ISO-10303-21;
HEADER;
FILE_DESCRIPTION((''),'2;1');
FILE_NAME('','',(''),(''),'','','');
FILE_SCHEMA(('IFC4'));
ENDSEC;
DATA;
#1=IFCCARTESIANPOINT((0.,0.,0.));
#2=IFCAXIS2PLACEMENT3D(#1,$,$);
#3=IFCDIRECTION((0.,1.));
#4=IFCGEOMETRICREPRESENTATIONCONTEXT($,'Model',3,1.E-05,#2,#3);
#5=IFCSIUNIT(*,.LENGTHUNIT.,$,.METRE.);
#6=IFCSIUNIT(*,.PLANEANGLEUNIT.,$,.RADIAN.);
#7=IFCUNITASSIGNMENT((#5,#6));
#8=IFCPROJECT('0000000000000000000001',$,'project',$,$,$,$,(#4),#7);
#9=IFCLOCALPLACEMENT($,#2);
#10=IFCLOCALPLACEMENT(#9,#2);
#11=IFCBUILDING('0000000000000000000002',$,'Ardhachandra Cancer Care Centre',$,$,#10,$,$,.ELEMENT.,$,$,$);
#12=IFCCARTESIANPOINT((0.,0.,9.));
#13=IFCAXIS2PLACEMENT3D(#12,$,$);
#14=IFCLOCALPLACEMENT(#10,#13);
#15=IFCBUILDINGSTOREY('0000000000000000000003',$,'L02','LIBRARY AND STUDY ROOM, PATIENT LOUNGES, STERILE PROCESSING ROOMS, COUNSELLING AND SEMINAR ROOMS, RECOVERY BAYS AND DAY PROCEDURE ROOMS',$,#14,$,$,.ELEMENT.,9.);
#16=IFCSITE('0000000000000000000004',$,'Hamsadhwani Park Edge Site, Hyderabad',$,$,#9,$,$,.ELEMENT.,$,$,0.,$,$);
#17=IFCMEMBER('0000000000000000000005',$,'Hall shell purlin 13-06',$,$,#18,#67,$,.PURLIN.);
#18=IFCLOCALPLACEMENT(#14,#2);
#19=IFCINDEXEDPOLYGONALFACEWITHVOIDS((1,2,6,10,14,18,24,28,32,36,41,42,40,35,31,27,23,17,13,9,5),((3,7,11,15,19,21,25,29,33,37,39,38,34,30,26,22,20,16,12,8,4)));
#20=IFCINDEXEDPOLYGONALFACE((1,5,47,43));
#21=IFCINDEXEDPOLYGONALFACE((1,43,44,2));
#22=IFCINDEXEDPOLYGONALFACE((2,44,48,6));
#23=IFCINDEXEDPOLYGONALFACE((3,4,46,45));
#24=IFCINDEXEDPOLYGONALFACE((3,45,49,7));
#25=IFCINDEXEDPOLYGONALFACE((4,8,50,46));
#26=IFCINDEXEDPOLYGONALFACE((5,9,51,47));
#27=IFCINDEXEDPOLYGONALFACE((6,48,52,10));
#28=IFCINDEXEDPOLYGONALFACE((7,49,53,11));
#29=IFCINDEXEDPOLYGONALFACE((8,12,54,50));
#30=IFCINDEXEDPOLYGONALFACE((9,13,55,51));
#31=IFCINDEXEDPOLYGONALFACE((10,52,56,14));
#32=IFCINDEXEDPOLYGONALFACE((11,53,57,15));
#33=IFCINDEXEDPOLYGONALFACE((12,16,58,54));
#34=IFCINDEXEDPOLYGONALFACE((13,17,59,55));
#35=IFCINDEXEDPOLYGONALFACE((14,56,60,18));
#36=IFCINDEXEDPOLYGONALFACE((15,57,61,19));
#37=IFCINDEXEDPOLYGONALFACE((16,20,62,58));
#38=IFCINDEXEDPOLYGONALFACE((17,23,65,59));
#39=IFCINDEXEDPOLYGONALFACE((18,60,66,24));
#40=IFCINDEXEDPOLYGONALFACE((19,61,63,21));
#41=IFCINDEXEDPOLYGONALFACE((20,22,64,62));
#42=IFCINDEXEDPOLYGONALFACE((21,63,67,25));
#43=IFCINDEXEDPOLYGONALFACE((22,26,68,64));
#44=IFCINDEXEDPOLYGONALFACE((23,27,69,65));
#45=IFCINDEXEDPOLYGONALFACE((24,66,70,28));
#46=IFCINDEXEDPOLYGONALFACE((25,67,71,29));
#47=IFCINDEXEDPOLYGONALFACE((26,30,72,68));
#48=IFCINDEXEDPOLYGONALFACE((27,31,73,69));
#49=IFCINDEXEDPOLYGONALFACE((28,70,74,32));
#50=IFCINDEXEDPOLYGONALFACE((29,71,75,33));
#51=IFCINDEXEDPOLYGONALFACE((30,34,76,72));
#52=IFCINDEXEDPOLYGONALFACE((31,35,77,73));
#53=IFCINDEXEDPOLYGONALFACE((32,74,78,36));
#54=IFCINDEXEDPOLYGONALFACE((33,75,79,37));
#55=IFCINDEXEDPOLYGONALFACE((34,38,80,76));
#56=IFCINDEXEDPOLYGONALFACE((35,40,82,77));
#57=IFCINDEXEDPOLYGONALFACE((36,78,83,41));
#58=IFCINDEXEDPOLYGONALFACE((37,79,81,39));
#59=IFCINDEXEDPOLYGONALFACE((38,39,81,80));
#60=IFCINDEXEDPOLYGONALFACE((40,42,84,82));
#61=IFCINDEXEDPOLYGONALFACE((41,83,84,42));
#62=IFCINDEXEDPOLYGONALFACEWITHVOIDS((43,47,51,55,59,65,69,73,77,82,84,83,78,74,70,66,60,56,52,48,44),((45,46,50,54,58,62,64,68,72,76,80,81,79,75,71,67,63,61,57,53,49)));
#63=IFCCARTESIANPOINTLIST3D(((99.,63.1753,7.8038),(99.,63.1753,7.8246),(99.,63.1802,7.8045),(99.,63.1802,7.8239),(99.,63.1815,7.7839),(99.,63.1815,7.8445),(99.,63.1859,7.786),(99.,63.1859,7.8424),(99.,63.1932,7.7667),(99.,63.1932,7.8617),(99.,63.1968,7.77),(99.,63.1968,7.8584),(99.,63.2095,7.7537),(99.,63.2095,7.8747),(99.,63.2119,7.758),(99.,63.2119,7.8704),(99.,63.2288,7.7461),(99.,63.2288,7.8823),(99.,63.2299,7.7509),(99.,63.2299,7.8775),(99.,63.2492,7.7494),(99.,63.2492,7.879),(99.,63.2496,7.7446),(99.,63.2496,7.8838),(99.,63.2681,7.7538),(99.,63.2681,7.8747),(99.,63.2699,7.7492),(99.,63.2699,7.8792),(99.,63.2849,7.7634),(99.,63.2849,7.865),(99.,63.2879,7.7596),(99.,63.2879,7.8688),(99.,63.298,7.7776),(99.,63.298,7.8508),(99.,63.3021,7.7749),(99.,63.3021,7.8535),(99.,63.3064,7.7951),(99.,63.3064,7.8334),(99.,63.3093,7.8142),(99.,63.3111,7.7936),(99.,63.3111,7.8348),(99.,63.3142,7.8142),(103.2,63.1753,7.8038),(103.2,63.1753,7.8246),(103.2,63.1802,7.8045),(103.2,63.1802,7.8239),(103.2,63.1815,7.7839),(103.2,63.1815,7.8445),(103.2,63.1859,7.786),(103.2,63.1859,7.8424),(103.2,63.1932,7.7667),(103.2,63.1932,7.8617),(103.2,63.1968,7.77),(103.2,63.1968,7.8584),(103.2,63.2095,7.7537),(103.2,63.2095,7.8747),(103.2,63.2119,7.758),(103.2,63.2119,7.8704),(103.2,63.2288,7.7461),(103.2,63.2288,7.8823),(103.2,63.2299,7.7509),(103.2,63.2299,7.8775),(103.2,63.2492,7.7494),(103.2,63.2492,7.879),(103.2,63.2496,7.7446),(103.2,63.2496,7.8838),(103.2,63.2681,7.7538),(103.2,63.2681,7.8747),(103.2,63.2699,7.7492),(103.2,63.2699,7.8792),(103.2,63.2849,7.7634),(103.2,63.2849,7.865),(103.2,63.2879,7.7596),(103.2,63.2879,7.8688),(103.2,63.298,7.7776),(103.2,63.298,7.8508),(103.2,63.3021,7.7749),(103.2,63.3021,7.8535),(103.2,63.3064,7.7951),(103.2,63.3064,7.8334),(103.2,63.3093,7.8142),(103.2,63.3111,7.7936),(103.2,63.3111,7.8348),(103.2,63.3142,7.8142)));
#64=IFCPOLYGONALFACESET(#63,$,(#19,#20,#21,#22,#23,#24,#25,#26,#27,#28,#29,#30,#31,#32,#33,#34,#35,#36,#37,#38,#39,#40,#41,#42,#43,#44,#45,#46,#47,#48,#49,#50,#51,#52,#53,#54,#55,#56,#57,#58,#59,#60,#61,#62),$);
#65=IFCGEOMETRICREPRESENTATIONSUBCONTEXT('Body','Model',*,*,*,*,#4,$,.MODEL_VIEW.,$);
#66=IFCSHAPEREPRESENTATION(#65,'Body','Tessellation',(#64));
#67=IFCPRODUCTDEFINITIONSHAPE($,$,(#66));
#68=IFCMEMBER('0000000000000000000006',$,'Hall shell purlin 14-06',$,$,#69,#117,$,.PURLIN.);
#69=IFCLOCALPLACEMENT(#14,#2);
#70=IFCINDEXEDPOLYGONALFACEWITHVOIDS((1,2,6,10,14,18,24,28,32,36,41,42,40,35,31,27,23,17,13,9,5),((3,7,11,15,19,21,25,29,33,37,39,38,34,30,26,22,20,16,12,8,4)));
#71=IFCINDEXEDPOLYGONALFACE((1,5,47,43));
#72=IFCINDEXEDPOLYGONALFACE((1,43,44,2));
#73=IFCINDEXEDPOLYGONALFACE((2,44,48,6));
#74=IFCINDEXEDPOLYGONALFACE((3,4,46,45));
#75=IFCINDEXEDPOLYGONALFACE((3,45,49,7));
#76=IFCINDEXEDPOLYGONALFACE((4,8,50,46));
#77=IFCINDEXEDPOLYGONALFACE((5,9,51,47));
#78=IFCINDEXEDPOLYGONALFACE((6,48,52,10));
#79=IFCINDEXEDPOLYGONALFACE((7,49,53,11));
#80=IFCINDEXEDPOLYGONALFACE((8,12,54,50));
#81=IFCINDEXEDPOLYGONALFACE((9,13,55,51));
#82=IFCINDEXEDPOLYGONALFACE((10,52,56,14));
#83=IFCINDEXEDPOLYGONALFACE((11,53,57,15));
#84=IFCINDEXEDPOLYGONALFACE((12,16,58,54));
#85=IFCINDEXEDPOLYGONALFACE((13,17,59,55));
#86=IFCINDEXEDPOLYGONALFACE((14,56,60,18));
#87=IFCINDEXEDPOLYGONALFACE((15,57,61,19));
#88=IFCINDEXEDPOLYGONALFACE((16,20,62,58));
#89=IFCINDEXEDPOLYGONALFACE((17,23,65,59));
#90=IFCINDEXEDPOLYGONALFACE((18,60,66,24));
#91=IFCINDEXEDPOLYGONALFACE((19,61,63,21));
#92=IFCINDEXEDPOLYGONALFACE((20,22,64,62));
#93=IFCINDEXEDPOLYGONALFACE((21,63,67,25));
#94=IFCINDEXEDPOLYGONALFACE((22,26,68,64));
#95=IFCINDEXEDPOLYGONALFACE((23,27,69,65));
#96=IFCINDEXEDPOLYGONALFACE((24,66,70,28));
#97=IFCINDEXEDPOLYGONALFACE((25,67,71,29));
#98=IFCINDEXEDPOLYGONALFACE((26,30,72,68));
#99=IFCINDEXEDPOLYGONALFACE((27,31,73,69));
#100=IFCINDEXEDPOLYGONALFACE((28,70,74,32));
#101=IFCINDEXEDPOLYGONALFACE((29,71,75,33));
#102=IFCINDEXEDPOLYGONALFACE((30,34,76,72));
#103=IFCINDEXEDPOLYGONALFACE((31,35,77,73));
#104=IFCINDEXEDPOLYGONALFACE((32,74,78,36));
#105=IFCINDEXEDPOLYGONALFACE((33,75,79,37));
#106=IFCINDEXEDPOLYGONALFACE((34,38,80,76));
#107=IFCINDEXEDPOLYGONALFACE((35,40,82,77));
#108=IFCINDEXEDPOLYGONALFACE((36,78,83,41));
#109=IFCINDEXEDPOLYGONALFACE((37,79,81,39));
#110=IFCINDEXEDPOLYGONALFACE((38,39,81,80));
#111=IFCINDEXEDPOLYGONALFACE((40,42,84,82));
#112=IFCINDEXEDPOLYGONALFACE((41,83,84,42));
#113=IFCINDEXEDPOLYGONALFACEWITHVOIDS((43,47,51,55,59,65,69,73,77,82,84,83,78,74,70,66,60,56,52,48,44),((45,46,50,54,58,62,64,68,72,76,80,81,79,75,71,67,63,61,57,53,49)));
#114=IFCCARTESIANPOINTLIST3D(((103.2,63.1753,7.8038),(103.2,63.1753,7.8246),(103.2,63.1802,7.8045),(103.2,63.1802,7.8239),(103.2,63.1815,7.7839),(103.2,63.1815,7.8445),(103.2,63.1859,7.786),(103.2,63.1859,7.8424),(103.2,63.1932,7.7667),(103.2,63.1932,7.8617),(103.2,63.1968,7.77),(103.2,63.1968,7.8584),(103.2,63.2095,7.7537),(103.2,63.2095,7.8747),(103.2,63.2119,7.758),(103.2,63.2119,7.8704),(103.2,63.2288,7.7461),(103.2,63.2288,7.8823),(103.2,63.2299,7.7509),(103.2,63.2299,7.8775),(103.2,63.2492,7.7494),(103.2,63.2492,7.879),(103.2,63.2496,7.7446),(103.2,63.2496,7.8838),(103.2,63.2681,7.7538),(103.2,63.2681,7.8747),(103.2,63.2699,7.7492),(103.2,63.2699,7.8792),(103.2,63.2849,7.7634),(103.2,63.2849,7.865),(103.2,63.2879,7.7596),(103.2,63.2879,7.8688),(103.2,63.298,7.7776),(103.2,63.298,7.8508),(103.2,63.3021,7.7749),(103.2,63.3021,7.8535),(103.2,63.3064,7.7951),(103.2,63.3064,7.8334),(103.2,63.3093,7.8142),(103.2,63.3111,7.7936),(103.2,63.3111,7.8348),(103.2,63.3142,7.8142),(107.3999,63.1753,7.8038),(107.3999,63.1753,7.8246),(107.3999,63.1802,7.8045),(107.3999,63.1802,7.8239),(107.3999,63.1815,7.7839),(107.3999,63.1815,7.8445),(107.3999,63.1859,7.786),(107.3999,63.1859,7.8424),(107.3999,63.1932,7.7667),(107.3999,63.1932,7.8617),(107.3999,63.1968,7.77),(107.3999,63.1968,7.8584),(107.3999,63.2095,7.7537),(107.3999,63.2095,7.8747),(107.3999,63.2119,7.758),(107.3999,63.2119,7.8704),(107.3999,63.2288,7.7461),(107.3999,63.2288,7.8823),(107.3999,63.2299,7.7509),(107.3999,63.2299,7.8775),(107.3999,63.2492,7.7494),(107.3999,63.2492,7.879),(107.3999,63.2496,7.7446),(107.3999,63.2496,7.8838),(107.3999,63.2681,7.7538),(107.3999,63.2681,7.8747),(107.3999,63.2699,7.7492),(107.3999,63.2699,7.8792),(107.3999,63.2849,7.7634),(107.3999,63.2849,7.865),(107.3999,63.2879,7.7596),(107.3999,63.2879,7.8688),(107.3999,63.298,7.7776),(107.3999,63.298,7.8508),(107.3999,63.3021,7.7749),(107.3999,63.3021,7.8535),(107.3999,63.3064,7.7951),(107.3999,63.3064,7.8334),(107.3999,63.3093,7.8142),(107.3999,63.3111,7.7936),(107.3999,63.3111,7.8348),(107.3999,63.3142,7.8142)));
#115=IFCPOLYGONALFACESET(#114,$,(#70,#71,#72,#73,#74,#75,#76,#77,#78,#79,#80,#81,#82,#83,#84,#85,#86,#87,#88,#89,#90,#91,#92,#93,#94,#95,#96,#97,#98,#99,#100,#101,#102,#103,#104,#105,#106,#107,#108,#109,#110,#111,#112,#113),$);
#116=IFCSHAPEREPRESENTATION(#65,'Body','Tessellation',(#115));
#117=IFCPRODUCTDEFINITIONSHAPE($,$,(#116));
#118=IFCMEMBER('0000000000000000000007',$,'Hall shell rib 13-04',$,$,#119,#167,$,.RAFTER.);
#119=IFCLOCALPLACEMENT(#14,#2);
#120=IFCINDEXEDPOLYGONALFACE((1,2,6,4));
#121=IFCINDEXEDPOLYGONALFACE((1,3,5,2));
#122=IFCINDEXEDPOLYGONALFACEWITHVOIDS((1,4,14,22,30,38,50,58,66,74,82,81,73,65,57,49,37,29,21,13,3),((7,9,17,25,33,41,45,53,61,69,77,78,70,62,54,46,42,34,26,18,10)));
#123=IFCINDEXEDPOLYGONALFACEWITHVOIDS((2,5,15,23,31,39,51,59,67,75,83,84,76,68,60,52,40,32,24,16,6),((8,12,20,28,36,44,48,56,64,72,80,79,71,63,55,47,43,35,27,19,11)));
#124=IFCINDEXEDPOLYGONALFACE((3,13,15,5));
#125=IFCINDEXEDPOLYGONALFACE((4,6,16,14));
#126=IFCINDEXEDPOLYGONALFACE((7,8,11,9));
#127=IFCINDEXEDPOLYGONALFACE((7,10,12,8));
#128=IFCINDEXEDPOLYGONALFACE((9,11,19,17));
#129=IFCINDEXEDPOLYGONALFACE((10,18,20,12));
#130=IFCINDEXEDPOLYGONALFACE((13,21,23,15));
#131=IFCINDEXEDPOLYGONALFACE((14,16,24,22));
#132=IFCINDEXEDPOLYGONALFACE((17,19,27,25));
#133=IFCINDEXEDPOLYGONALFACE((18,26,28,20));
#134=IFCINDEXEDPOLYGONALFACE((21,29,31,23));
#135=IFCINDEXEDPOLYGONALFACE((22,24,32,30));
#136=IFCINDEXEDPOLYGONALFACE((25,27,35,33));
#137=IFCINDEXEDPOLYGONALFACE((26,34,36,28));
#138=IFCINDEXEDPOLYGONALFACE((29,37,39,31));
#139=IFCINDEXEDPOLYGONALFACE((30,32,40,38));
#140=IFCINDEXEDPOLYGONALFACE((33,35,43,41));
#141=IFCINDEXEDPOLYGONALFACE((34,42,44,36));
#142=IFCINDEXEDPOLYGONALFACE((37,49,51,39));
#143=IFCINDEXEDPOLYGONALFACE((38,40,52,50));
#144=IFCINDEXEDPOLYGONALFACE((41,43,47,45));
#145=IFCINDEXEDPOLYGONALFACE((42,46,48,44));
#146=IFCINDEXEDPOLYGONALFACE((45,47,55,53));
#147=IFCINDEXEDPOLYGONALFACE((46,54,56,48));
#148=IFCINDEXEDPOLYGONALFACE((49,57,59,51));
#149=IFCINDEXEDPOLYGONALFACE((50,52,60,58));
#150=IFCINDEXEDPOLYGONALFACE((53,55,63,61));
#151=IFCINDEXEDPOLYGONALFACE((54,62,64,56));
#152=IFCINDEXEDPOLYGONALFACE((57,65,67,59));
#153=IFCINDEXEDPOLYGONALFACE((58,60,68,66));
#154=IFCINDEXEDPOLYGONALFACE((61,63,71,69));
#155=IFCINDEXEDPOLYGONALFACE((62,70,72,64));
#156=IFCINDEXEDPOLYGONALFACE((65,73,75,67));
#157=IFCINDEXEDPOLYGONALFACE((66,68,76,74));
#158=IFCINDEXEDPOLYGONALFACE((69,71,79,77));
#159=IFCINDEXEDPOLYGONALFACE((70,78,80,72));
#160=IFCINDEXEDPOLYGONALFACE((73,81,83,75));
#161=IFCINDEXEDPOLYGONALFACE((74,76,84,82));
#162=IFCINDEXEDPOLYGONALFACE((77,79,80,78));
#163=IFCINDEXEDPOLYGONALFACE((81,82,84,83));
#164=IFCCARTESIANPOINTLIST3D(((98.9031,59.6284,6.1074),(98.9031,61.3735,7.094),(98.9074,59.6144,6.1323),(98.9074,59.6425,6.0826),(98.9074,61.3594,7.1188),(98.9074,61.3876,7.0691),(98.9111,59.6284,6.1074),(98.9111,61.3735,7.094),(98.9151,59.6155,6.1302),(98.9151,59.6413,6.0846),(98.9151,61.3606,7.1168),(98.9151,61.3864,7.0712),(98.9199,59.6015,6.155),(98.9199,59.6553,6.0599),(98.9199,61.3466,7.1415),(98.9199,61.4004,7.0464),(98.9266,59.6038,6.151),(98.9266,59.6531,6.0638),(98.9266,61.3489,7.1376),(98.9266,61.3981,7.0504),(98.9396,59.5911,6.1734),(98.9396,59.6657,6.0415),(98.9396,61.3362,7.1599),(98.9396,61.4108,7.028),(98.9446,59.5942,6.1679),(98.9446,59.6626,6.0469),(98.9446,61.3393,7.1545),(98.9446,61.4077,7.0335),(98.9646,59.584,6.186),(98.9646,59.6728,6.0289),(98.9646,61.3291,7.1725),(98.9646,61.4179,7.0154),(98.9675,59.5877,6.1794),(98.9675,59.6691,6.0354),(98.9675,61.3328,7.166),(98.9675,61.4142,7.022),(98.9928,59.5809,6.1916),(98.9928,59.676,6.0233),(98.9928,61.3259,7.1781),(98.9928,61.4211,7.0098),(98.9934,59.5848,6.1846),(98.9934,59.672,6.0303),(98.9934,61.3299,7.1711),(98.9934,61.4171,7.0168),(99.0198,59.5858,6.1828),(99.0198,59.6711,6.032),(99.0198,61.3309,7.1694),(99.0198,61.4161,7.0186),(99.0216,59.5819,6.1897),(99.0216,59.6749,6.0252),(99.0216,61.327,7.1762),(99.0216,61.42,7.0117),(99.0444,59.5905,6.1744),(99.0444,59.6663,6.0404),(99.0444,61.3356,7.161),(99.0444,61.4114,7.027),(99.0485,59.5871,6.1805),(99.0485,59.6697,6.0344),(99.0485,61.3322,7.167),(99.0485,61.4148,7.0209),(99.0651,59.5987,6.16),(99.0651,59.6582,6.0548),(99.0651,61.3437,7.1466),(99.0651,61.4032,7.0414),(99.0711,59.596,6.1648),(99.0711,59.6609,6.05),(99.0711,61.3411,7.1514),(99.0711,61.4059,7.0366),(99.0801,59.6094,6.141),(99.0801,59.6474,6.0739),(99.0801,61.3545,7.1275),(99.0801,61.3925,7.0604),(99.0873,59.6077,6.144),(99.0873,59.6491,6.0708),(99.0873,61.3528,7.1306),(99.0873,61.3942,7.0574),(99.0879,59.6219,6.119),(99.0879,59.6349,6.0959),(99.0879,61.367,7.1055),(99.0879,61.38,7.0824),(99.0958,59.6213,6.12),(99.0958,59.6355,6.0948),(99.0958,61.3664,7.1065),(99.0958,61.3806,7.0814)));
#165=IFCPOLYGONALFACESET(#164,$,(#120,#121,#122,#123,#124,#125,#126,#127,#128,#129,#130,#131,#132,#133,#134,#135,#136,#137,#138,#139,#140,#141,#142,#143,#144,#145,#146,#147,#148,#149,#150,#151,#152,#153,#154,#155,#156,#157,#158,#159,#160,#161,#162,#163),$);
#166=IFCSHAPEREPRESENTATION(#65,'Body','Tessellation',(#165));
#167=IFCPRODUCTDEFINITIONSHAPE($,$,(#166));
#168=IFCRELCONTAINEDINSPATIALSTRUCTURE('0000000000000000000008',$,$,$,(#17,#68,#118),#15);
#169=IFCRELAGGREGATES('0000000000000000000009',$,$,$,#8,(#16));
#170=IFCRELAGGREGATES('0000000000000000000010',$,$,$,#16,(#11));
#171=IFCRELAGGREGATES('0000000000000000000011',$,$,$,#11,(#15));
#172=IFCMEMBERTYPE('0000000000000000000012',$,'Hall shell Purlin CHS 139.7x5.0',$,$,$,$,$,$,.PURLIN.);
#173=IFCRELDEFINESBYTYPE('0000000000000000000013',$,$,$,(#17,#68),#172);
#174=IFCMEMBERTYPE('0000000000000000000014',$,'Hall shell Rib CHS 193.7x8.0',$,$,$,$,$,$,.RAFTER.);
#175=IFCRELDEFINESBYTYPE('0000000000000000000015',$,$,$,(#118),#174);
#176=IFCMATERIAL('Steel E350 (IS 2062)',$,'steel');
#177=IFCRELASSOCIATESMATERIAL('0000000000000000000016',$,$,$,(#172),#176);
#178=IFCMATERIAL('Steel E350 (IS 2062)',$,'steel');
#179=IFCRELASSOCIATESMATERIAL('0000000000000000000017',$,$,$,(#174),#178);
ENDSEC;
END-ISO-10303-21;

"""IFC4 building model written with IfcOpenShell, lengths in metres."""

from ifc_helpers import new_model, si_unit, direction, frame, origin, origin_2d, place, context, subcontext, project, spatial, hollow_circle, extrude, material, material_profile, profile_set, type_object, element, save


model = new_model("IFC4")

# Units and contexts
model_context = context("Model", 3, precision=1e-05, world=origin(), true_north=direction((0.0, 1.0)))
body_context = subcontext(model_context, "Body", "Model", "MODEL_VIEW")
ifc_project = project(units=[si_unit("LENGTHUNIT", "METRE"), si_unit("PLANEANGLEUNIT", "RADIAN")], contexts=[model_context])

# Site, building, storey
site_placement = place(None, origin())
site = spatial("IfcSite", under=ifc_project, at=site_placement, Name="Hamsadhwani Park Edge Site, Hyderabad", CompositionType="ELEMENT", RefElevation=0.0)
building_placement = place(site_placement, origin())
building = spatial("IfcBuilding", under=site, at=building_placement, Name="Ardhachandra Cancer Care Centre", CompositionType="ELEMENT")
storey_placement = place(building_placement, frame((0.0, 0.0, 9.0)))
storey = spatial("IfcBuildingStorey", under=building, at=storey_placement, Name="L02", Description="LIBRARY AND STUDY ROOM, PATIENT LOUNGES, STERILE PROCESSING ROOMS, COUNSELLING AND SEMINAR ROOMS, RECOVERY BAYS AND DAY PROCEDURE ROOMS", CompositionType="ELEMENT", Elevation=9.0)

# Members
ifc_material_1 = material(Name="Steel E350 (IS 2062)", Category="steel")
ifc_material_profile_1 = material_profile(ifc_material_1, hollow_circle(Radius=0.0698, WallThickness=0.0049, at=origin_2d()), Name="CHS 139.7x5.0")
ifc_profile_set_1 = profile_set([ifc_material_profile_1], Name="Steel E350 (IS 2062)")
member_type_1 = type_object("IfcMemberType", Name="Hall shell Purlin CHS 139.7x5.0", PredefinedType="PURLIN", material=ifc_profile_set_1)
for number, where, z_axis, x_axis, name in (
    (1, (99.0, 63.2444, 7.8142), (1.0, 0.0, 0.0), (0.0, 1.0, 0.0), "Hall shell purlin 13-06"),
    (2, (103.2, 63.2444, 7.8142), (1.0, 0.0, 0.0), (0.0, 1.0, 0.0), "Hall shell purlin 14-06"),
):
    element("IfcMember", number, at=place(storey_placement, frame(where, z_axis=z_axis, x_axis=x_axis)), inside=storey, type_object=member_type_1, Name=name, PredefinedType="PURLIN", context=body_context, shape_type="SweptSolid", body=[
        extrude(hollow_circle(Radius=0.0698, WallThickness=0.0049, at=origin_2d()), origin(), (0.0, 0.0, 1.0), 4.2),
    ])
ifc_material_2 = material(Name="Steel E350 (IS 2062)", Category="steel")
ifc_material_profile_2 = material_profile(ifc_material_2, hollow_circle(Radius=0.0969, WallThickness=0.0081, at=origin_2d()), Name="CHS 193.7x8.0")
ifc_profile_set_2 = profile_set([ifc_material_profile_2], Name="Steel E350 (IS 2062)")
member_type_2 = type_object("IfcMemberType", Name="Hall shell Rib CHS 193.7x8.0", PredefinedType="RAFTER", material=ifc_profile_set_2)
for number, where, z_axis, x_axis, name in (
    (3, (99.0, 59.6284, 6.1074), (0.0, 0.87052, 0.492134), (-1.0, 0.0, 0.0), "Hall shell rib 13-04"),
):
    element("IfcMember", number, at=place(storey_placement, frame(where, z_axis=z_axis, x_axis=x_axis)), inside=storey, type_object=member_type_2, Name=name, PredefinedType="RAFTER", context=body_context, shape_type="SweptSolid", body=[
        extrude(hollow_circle(Radius=0.0969, WallThickness=0.0081, at=origin_2d()), origin(), (0.0, 0.0, 1.0), 2.0046),
    ])

save(model, "model.ifc")
